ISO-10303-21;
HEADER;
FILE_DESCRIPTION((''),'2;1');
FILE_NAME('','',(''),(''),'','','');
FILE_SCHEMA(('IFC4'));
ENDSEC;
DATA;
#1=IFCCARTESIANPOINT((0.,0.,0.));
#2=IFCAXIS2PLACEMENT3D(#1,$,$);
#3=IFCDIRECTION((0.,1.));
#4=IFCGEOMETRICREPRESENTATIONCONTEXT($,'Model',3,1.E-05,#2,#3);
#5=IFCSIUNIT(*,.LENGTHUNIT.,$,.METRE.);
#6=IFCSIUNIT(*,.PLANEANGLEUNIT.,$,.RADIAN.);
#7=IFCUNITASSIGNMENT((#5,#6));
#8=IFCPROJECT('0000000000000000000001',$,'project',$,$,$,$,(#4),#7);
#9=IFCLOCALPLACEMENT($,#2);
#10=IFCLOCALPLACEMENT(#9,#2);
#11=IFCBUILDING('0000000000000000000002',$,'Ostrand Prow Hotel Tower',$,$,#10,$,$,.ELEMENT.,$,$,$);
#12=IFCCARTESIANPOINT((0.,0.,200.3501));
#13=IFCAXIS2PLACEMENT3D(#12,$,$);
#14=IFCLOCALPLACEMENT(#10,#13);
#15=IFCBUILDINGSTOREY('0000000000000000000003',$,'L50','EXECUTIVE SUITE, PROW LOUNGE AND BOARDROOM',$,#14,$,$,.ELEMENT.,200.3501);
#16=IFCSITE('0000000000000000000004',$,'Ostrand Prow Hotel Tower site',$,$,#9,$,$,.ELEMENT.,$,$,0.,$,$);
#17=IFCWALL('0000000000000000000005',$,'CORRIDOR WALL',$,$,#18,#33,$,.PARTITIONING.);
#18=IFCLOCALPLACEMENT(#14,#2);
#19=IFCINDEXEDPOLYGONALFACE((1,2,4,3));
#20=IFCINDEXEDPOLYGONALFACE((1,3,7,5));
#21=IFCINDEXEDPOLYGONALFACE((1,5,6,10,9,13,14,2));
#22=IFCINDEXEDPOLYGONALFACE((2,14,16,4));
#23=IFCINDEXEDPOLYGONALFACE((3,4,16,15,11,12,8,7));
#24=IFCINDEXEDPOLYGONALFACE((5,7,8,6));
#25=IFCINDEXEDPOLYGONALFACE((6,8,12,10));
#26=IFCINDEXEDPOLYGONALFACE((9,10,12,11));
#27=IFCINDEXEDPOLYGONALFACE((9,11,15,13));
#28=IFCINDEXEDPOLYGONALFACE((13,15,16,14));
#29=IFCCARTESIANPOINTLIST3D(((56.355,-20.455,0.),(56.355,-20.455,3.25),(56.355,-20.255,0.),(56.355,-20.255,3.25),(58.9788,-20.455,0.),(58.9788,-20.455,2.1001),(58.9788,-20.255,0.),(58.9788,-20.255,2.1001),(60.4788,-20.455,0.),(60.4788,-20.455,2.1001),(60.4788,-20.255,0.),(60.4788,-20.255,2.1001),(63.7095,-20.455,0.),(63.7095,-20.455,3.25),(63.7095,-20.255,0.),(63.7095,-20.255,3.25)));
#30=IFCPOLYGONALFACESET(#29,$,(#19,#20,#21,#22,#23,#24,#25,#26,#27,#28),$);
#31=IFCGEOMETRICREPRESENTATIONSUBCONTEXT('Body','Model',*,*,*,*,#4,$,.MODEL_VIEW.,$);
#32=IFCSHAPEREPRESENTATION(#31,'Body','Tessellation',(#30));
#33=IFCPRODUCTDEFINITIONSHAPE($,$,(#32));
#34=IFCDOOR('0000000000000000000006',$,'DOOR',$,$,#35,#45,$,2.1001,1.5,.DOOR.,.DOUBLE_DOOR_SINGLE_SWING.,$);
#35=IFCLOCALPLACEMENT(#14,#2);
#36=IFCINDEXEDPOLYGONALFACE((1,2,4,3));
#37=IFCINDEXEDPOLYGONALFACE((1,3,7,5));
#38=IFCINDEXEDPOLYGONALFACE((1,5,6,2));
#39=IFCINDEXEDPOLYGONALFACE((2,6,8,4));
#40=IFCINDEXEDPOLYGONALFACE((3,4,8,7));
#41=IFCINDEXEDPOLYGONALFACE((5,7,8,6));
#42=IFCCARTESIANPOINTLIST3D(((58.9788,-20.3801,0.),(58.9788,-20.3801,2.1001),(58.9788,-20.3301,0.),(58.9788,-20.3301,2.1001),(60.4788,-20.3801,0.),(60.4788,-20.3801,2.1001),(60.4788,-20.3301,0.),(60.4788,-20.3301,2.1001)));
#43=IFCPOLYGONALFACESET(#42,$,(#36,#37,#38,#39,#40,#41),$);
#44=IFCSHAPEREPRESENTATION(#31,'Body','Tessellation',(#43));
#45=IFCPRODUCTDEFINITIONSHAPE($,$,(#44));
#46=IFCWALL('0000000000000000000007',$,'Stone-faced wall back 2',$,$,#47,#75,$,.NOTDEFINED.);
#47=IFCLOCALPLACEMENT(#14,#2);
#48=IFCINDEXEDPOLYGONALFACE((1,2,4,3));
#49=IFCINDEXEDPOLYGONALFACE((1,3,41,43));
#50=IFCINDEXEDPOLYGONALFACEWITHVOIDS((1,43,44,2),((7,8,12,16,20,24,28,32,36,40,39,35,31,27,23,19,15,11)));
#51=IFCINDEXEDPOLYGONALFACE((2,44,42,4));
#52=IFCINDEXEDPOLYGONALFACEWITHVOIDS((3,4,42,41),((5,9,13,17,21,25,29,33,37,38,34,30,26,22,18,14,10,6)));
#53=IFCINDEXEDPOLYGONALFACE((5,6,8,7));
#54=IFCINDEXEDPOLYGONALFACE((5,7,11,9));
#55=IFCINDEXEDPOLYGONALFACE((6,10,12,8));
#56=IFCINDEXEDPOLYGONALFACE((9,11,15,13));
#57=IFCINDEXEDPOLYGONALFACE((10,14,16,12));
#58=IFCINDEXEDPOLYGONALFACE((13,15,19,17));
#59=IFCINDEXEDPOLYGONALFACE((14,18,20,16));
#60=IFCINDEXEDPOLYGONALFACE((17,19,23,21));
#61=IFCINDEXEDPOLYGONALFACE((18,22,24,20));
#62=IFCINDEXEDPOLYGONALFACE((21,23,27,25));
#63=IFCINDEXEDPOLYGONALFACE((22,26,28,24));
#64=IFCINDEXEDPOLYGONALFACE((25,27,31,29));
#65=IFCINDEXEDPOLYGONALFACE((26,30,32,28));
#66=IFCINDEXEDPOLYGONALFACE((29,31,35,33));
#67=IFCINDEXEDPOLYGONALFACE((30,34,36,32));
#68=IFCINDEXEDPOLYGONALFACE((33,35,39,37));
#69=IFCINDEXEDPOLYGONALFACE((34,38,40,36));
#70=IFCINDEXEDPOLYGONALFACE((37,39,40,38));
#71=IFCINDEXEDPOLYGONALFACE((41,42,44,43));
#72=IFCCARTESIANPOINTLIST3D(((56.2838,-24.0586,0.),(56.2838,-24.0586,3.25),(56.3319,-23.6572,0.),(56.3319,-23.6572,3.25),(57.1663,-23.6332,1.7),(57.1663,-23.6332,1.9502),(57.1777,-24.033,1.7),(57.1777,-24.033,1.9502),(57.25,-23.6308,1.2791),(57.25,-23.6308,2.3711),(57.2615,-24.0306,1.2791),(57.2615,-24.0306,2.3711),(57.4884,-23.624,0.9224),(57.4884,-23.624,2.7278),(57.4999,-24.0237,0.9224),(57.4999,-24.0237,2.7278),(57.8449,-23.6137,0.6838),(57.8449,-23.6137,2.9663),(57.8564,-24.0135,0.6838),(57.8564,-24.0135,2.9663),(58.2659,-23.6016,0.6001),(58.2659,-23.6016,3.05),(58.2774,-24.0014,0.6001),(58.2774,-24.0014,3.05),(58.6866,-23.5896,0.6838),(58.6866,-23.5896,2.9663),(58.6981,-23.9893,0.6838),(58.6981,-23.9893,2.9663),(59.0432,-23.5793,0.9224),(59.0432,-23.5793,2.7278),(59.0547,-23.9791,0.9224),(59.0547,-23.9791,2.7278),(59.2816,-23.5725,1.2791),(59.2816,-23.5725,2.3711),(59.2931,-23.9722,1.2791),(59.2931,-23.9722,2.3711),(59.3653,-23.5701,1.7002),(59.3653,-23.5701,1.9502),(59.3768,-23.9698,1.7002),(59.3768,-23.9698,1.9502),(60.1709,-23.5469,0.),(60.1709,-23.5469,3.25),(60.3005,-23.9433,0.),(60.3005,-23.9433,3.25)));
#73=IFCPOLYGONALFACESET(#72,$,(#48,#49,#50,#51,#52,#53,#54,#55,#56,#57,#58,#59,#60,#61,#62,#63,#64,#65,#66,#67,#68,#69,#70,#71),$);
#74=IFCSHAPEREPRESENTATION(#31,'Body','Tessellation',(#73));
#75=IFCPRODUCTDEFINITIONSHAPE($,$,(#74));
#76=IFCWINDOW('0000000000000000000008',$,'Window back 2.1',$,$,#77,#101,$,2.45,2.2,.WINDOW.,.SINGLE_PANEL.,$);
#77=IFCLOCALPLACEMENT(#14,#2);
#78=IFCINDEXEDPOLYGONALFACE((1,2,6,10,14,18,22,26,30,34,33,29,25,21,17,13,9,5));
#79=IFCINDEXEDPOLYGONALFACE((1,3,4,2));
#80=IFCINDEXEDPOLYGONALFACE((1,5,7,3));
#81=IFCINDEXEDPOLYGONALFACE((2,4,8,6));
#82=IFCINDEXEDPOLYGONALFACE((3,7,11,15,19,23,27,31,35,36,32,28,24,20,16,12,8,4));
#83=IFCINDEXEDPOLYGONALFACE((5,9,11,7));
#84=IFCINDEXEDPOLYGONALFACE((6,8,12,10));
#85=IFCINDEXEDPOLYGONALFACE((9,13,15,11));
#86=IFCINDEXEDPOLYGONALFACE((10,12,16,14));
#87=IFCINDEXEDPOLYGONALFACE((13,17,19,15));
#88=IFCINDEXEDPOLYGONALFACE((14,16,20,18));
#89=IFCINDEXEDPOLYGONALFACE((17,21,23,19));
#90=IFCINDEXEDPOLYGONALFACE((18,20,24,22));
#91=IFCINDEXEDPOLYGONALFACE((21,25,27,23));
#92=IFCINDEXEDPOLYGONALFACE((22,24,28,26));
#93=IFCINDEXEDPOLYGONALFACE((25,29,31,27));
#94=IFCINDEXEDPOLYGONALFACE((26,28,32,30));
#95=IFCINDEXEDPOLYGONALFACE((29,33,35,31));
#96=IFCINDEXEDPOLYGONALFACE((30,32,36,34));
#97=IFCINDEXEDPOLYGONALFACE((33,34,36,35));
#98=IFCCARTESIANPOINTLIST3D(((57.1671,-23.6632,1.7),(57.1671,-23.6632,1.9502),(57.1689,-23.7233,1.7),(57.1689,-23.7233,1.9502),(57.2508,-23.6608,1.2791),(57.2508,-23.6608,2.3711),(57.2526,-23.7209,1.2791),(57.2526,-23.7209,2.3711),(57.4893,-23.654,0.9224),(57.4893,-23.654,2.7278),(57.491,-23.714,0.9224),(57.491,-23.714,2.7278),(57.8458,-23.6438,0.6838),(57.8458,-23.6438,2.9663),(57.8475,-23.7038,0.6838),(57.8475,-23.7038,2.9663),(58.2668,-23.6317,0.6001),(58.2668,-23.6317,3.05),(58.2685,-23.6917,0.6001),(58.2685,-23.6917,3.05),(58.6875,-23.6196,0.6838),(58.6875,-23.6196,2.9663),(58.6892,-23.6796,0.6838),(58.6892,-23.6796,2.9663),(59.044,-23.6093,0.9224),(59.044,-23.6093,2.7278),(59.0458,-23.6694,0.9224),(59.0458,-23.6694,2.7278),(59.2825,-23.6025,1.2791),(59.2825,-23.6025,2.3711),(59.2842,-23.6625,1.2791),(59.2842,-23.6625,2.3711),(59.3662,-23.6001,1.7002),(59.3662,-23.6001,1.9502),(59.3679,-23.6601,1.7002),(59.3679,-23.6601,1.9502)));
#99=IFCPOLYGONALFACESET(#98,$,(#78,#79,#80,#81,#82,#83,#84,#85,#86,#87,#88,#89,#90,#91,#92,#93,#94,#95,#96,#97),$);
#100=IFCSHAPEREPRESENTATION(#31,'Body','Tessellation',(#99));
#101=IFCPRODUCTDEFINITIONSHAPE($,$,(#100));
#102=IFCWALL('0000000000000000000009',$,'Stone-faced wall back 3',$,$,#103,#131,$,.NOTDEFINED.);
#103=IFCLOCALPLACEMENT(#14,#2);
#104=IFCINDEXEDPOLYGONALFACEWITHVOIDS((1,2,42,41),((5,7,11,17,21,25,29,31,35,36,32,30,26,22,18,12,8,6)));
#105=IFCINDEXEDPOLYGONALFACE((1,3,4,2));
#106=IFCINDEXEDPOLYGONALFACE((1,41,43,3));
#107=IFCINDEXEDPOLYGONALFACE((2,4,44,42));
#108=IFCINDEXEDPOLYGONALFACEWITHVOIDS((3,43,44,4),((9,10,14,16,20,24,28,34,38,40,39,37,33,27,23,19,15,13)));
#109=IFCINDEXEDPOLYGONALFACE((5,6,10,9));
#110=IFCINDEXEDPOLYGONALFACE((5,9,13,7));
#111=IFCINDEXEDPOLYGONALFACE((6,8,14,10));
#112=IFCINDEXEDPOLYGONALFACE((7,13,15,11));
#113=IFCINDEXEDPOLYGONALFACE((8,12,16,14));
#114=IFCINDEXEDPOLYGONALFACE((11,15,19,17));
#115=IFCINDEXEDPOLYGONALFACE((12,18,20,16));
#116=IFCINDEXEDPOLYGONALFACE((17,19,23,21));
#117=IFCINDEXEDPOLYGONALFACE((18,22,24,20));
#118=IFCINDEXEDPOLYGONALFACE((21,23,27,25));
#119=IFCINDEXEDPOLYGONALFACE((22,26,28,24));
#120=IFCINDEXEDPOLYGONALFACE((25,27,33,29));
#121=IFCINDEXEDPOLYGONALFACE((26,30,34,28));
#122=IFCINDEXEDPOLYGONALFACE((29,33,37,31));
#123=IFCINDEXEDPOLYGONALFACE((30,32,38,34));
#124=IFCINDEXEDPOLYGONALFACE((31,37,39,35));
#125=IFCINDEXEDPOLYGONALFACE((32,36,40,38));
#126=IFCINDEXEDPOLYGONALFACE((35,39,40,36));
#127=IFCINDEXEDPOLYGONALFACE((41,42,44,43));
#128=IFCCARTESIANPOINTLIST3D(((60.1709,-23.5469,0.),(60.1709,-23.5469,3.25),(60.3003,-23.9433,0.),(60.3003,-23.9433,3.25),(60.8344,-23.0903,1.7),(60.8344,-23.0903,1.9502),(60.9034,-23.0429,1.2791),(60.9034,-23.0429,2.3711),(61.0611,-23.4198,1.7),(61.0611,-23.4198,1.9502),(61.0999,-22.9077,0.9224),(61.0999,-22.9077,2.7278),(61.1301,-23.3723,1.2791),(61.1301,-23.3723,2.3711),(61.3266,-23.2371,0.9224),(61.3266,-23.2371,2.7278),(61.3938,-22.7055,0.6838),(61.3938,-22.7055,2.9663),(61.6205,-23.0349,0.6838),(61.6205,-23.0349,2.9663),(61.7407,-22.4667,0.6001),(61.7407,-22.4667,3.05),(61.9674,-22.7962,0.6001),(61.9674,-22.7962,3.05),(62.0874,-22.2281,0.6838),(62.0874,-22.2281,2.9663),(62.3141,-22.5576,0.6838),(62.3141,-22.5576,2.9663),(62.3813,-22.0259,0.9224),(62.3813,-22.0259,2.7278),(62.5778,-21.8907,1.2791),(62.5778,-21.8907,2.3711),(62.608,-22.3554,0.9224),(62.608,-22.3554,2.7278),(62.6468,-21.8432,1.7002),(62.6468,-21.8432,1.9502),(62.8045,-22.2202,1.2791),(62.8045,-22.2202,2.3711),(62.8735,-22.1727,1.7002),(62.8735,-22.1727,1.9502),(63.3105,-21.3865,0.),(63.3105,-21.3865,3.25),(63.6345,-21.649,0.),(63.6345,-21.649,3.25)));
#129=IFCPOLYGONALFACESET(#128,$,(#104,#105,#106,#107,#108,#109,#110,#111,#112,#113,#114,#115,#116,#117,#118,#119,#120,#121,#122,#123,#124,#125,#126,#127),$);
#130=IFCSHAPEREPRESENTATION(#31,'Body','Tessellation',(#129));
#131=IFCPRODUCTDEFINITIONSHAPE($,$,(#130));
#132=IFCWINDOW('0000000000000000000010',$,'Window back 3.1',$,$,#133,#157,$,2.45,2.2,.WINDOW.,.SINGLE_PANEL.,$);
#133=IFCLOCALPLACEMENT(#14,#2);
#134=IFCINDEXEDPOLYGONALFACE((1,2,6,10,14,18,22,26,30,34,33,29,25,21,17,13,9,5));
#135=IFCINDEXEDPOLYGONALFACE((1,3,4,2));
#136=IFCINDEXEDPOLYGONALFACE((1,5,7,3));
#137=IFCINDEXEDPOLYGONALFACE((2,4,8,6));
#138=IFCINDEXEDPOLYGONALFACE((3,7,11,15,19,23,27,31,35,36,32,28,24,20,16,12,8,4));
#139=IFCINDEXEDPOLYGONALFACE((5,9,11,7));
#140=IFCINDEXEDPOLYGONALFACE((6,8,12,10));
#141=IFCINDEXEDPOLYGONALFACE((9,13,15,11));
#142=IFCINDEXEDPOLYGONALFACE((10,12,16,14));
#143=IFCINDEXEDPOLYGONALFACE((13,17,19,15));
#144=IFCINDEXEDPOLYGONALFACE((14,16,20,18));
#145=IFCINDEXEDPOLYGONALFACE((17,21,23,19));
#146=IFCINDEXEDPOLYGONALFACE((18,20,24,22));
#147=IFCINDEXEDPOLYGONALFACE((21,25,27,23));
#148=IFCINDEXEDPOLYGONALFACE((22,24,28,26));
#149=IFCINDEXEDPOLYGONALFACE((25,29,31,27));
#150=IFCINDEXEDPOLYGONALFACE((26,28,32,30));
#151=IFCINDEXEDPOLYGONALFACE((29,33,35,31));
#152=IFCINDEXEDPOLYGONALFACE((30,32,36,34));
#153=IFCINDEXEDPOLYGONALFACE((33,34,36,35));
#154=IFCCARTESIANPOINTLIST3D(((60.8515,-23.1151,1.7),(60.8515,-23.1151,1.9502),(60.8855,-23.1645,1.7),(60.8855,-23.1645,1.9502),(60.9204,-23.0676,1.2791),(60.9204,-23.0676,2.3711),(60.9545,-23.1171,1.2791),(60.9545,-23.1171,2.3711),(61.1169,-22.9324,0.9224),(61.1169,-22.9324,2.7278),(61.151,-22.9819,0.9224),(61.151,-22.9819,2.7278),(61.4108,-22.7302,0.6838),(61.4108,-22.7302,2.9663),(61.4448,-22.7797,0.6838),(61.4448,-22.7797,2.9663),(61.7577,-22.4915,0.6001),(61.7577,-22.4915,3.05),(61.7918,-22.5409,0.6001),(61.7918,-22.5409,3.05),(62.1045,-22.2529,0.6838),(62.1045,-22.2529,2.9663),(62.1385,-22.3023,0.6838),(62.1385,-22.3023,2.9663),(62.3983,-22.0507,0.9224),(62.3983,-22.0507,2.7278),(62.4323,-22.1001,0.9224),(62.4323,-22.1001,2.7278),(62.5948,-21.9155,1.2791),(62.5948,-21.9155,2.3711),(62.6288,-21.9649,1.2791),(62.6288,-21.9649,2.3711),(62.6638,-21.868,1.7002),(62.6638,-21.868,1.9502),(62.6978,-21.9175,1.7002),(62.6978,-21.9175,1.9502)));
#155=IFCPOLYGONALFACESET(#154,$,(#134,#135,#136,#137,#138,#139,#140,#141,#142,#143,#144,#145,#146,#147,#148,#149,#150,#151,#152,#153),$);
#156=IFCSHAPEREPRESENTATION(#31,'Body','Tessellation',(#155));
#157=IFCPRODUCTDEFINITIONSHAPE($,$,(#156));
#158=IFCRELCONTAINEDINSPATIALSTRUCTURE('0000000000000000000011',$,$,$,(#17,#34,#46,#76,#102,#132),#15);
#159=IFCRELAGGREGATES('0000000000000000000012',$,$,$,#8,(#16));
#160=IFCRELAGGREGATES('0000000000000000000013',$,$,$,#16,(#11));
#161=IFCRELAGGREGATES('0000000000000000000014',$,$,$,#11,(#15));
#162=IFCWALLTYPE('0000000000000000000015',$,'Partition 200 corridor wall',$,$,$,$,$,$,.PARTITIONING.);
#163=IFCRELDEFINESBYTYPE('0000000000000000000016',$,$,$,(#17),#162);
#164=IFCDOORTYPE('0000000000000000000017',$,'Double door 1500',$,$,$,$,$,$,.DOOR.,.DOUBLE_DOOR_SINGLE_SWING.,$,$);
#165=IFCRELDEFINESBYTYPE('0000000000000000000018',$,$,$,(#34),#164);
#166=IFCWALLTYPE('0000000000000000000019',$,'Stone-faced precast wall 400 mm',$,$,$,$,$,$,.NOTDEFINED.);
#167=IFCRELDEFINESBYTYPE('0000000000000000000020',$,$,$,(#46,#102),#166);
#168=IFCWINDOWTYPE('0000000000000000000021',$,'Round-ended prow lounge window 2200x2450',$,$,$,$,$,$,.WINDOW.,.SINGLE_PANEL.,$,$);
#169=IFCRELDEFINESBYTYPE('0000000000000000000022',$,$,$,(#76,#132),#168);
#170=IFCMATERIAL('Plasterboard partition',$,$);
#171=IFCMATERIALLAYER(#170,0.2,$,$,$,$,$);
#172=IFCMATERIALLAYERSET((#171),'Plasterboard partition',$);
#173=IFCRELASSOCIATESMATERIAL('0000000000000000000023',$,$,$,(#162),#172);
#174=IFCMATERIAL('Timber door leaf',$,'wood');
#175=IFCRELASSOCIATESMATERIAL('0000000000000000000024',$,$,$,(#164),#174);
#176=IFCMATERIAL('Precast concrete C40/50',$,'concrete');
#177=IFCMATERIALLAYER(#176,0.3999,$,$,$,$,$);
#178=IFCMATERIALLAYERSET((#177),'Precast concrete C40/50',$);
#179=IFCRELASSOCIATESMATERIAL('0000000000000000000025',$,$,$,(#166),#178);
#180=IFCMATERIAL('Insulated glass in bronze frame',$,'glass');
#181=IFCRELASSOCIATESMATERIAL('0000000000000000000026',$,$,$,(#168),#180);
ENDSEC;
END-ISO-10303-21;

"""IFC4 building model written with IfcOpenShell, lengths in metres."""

from ifc_helpers import new_model, si_unit, direction, frame, frame_2d, origin, place, context, subcontext, project, spatial, polyline, rectangle, outline, extrude, material, layer, layer_set, type_object, element, fill, save


model = new_model("IFC4")

# Units and contexts
model_context = context("Model", 3, precision=1e-05, world=origin(), true_north=direction((0.0, 1.0)))
body_context = subcontext(model_context, "Body", "Model", "MODEL_VIEW")
ifc_project = project(units=[si_unit("LENGTHUNIT", "METRE"), si_unit("PLANEANGLEUNIT", "RADIAN")], contexts=[model_context])

# Site, building, storey
site_placement = place(None, origin())
site = spatial("IfcSite", under=ifc_project, at=site_placement, Name="Ostrand Prow Hotel Tower site", CompositionType="ELEMENT", RefElevation=0.0)
building_placement = place(site_placement, origin())
building = spatial("IfcBuilding", under=site, at=building_placement, Name="Ostrand Prow Hotel Tower", CompositionType="ELEMENT")
storey_placement = place(building_placement, frame((0.0, 0.0, 200.3501)))
storey = spatial("IfcBuildingStorey", under=building, at=storey_placement, Name="L50", Description="EXECUTIVE SUITE, PROW LOUNGE AND BOARDROOM", CompositionType="ELEMENT", Elevation=200.3501)

# Wall, opening, door
ifc_material_1 = material(Name="Plasterboard partition")
ifc_layer_1 = layer(ifc_material_1, 0.2)
ifc_layer_set_1 = layer_set([ifc_layer_1], Name="Plasterboard partition")
wall_type_1 = type_object("IfcWallType", Name="Partition 200 corridor wall", PredefinedType="PARTITIONING", material=ifc_layer_set_1)
wall_1_placement = place(storey_placement, frame((56.355, -20.355, 0.0), z_axis=(0.0, 0.0, 1.0), x_axis=(1.0, 0.0, 0.0)))
wall_1 = element("IfcWall", 1, at=wall_1_placement, inside=storey, type_object=wall_type_1, Name="CORRIDOR WALL", PredefinedType="PARTITIONING", context=body_context, shape_type="SweptSolid", body=[
    extrude(rectangle(XDim=7.3545, YDim=0.2, at=frame_2d((3.6772, 0.0))), origin(), (0.0, 0.0, 1.0), 3.25),
])
opening_1_placement = place(wall_1_placement, frame((2.6238, 0.0, 0.0)))
opening_1 = element("IfcOpeningElement", 2, at=opening_1_placement, cuts=wall_1, PredefinedType="OPENING", context=body_context, shape_type="SweptSolid", body=[
    extrude(rectangle(XDim=1.5, YDim=2.1001, at=frame_2d((0.75, 1.05))), frame((0.0, 0.1099, 0.0), z_axis=(0.0, -1.0, 0.0), x_axis=(1.0, 0.0, 0.0)), (0.0, 0.0, 1.0), 0.22),
])
ifc_material_2 = material(Name="Timber door leaf", Category="wood")
door_type_1 = type_object("IfcDoorType", Name="Double door 1500", OperationType="DOUBLE_DOOR_SINGLE_SWING", PredefinedType="DOOR", material=ifc_material_2)
door_1_placement = place(opening_1_placement, origin())
door_1 = element("IfcDoor", 3, at=door_1_placement, inside=storey, type_object=door_type_1, Name="DOOR", OperationType="DOUBLE_DOOR_SINGLE_SWING", OverallHeight=2.1001, OverallWidth=1.5, PredefinedType="DOOR", context=body_context, shape_type="SweptSolid", body=[
    extrude(rectangle(XDim=1.5, YDim=2.1001, at=frame_2d((0.75, 1.05))), frame((0.0, 0.0249, 0.0), z_axis=(0.0, -1.0, 0.0), x_axis=(1.0, 0.0, 0.0)), (0.0, 0.0, 1.0), 0.05),
])
fill(opening_1, door_1)

# Walls, openings, windows
ifc_material_3 = material(Name="Precast concrete C40/50", Category="concrete")
ifc_layer_2 = layer(ifc_material_3, 0.3999)
ifc_layer_set_2 = layer_set([ifc_layer_2], Name="Precast concrete C40/50")
wall_type_2 = type_object("IfcWallType", Name="Stone-faced precast wall 400 mm", PredefinedType="NOTDEFINED", material=ifc_layer_set_2)
wall_2_placement = place(storey_placement, frame((56.3079, -23.8579, 0.0), z_axis=(0.0, 0.0, 1.0), x_axis=(0.999588, 0.028705, 0.0)))
wall_2 = element("IfcWall", 4, at=wall_2_placement, inside=storey, type_object=wall_type_2, Name="Stone-faced wall back 2", PredefinedType="NOTDEFINED", context=body_context, shape_type="SweptSolid", body=[
    extrude(outline(polyline([(-0.0298, -0.2), (3.9885, -0.2), (3.8704, 0.2), (0.0298, 0.2), (-0.0298, -0.2)])), origin(), (0.0, 0.0, 1.0), 3.25),
])
opening_2_placement = place(wall_2_placement, frame((0.8645, 0.0, 0.6001)))
opening_2 = element("IfcOpeningElement", 5, at=opening_2_placement, cuts=wall_2, PredefinedType="OPENING", context=body_context, shape_type="SweptSolid", body=[
    extrude(outline(polyline([(0.0, 1.3501), (0.0837, 1.771), (0.3223, 2.1277), (0.679, 2.3662), (1.1001, 2.45), (1.521, 2.3662), (1.8777, 2.1277), (2.1162, 1.771), (2.2, 1.3501), (2.2, 1.1001), (2.1162, 0.679), (1.8777, 0.3223), (1.521, 0.0837), (1.1001, 0.0), (0.679, 0.0837), (0.3223, 0.3223), (0.0837, 0.679), (0.0, 1.0999), (0.0, 1.3501)])), frame((0.0, 0.21, 0.0), z_axis=(0.0, -1.0, 0.0), x_axis=(1.0, 0.0, 0.0)), (0.0, 0.0, 1.0), 0.4199),
])
ifc_material_4 = material(Name="Insulated glass in bronze frame", Category="glass")
window_type_1 = type_object("IfcWindowType", Name="Round-ended prow lounge window 2200x2450", PartitioningType="SINGLE_PANEL", PredefinedType="WINDOW", material=ifc_material_4)
window_1_placement = place(opening_2_placement, origin())
window_1 = element("IfcWindow", 6, at=window_1_placement, inside=storey, type_object=window_type_1, Name="Window back 2.1", OverallHeight=2.45, OverallWidth=2.2, PartitioningType="SINGLE_PANEL", PredefinedType="WINDOW", context=body_context, shape_type="SweptSolid", body=[
    extrude(outline(polyline([(0.0, 1.3501), (0.0837, 1.771), (0.3223, 2.1277), (0.679, 2.3662), (1.1001, 2.45), (1.521, 2.3662), (1.8777, 2.1277), (2.1162, 1.771), (2.2, 1.3501), (2.2, 1.1001), (2.1162, 0.679), (1.8777, 0.3223), (1.521, 0.0837), (1.1001, 0.0), (0.679, 0.0837), (0.3223, 0.3223), (0.0837, 0.679), (0.0, 1.0999), (0.0, 1.3501)])), frame((0.0, 0.1699, 0.0), z_axis=(0.0, -1.0, 0.0), x_axis=(1.0, 0.0, 0.0)), (0.0, 0.0, 1.0), 0.0601),
])
fill(opening_2, window_1)
wall_3_placement = place(storey_placement, frame((60.2356, -23.7451, 0.0), z_axis=(0.0, 0.0, 1.0), x_axis=(0.823806, 0.566872, 0.0)))
wall_3 = element("IfcWall", 7, at=wall_3_placement, inside=storey, type_object=wall_type_2, Name="Stone-faced wall back 3", PredefinedType="NOTDEFINED", context=body_context, shape_type="SweptSolid", body=[
    extrude(outline(polyline([(-0.0591, -0.2), (3.9883, -0.2), (3.8701, 0.2), (0.0591, 0.2), (-0.0591, -0.2)])), origin(), (0.0, 0.0, 1.0), 3.25),
])
opening_3_placement = place(wall_3_placement, frame((0.8645, 0.0, 0.6001)))
opening_3 = element("IfcOpeningElement", 8, at=opening_3_placement, cuts=wall_3, PredefinedType="OPENING", context=body_context, shape_type="SweptSolid", body=[
    extrude(outline(polyline([(0.0, 1.3501), (0.0837, 1.771), (0.3223, 2.1277), (0.679, 2.3662), (1.1001, 2.45), (1.521, 2.3662), (1.8777, 2.1277), (2.1162, 1.771), (2.2, 1.3501), (2.2, 1.1001), (2.1162, 0.679), (1.8777, 0.3223), (1.521, 0.0837), (1.1001, 0.0), (0.679, 0.0837), (0.3223, 0.3223), (0.0837, 0.679), (0.0, 1.0999), (0.0, 1.3501)])), frame((0.0, 0.21, 0.0), z_axis=(0.0, -1.0, 0.0), x_axis=(1.0, 0.0, 0.0)), (0.0, 0.0, 1.0), 0.4199),
])
window_2_placement = place(opening_3_placement, origin())
window_2 = element("IfcWindow", 9, at=window_2_placement, inside=storey, type_object=window_type_1, Name="Window back 3.1", OverallHeight=2.45, OverallWidth=2.2, PartitioningType="SINGLE_PANEL", PredefinedType="WINDOW", context=body_context, shape_type="SweptSolid", body=[
    extrude(outline(polyline([(0.0, 1.3501), (0.0837, 1.771), (0.3223, 2.1277), (0.679, 2.3662), (1.1001, 2.45), (1.521, 2.3662), (1.8777, 2.1277), (2.1162, 1.771), (2.2, 1.3501), (2.2, 1.1001), (2.1162, 0.679), (1.8777, 0.3223), (1.521, 0.0837), (1.1001, 0.0), (0.679, 0.0837), (0.3223, 0.3223), (0.0837, 0.679), (0.0, 1.0999), (0.0, 1.3501)])), frame((0.0, 0.1699, 0.0), z_axis=(0.0, -1.0, 0.0), x_axis=(1.0, 0.0, 0.0)), (0.0, 0.0, 1.0), 0.0601),
])
fill(opening_3, window_2)

save(model, "model.ifc")
